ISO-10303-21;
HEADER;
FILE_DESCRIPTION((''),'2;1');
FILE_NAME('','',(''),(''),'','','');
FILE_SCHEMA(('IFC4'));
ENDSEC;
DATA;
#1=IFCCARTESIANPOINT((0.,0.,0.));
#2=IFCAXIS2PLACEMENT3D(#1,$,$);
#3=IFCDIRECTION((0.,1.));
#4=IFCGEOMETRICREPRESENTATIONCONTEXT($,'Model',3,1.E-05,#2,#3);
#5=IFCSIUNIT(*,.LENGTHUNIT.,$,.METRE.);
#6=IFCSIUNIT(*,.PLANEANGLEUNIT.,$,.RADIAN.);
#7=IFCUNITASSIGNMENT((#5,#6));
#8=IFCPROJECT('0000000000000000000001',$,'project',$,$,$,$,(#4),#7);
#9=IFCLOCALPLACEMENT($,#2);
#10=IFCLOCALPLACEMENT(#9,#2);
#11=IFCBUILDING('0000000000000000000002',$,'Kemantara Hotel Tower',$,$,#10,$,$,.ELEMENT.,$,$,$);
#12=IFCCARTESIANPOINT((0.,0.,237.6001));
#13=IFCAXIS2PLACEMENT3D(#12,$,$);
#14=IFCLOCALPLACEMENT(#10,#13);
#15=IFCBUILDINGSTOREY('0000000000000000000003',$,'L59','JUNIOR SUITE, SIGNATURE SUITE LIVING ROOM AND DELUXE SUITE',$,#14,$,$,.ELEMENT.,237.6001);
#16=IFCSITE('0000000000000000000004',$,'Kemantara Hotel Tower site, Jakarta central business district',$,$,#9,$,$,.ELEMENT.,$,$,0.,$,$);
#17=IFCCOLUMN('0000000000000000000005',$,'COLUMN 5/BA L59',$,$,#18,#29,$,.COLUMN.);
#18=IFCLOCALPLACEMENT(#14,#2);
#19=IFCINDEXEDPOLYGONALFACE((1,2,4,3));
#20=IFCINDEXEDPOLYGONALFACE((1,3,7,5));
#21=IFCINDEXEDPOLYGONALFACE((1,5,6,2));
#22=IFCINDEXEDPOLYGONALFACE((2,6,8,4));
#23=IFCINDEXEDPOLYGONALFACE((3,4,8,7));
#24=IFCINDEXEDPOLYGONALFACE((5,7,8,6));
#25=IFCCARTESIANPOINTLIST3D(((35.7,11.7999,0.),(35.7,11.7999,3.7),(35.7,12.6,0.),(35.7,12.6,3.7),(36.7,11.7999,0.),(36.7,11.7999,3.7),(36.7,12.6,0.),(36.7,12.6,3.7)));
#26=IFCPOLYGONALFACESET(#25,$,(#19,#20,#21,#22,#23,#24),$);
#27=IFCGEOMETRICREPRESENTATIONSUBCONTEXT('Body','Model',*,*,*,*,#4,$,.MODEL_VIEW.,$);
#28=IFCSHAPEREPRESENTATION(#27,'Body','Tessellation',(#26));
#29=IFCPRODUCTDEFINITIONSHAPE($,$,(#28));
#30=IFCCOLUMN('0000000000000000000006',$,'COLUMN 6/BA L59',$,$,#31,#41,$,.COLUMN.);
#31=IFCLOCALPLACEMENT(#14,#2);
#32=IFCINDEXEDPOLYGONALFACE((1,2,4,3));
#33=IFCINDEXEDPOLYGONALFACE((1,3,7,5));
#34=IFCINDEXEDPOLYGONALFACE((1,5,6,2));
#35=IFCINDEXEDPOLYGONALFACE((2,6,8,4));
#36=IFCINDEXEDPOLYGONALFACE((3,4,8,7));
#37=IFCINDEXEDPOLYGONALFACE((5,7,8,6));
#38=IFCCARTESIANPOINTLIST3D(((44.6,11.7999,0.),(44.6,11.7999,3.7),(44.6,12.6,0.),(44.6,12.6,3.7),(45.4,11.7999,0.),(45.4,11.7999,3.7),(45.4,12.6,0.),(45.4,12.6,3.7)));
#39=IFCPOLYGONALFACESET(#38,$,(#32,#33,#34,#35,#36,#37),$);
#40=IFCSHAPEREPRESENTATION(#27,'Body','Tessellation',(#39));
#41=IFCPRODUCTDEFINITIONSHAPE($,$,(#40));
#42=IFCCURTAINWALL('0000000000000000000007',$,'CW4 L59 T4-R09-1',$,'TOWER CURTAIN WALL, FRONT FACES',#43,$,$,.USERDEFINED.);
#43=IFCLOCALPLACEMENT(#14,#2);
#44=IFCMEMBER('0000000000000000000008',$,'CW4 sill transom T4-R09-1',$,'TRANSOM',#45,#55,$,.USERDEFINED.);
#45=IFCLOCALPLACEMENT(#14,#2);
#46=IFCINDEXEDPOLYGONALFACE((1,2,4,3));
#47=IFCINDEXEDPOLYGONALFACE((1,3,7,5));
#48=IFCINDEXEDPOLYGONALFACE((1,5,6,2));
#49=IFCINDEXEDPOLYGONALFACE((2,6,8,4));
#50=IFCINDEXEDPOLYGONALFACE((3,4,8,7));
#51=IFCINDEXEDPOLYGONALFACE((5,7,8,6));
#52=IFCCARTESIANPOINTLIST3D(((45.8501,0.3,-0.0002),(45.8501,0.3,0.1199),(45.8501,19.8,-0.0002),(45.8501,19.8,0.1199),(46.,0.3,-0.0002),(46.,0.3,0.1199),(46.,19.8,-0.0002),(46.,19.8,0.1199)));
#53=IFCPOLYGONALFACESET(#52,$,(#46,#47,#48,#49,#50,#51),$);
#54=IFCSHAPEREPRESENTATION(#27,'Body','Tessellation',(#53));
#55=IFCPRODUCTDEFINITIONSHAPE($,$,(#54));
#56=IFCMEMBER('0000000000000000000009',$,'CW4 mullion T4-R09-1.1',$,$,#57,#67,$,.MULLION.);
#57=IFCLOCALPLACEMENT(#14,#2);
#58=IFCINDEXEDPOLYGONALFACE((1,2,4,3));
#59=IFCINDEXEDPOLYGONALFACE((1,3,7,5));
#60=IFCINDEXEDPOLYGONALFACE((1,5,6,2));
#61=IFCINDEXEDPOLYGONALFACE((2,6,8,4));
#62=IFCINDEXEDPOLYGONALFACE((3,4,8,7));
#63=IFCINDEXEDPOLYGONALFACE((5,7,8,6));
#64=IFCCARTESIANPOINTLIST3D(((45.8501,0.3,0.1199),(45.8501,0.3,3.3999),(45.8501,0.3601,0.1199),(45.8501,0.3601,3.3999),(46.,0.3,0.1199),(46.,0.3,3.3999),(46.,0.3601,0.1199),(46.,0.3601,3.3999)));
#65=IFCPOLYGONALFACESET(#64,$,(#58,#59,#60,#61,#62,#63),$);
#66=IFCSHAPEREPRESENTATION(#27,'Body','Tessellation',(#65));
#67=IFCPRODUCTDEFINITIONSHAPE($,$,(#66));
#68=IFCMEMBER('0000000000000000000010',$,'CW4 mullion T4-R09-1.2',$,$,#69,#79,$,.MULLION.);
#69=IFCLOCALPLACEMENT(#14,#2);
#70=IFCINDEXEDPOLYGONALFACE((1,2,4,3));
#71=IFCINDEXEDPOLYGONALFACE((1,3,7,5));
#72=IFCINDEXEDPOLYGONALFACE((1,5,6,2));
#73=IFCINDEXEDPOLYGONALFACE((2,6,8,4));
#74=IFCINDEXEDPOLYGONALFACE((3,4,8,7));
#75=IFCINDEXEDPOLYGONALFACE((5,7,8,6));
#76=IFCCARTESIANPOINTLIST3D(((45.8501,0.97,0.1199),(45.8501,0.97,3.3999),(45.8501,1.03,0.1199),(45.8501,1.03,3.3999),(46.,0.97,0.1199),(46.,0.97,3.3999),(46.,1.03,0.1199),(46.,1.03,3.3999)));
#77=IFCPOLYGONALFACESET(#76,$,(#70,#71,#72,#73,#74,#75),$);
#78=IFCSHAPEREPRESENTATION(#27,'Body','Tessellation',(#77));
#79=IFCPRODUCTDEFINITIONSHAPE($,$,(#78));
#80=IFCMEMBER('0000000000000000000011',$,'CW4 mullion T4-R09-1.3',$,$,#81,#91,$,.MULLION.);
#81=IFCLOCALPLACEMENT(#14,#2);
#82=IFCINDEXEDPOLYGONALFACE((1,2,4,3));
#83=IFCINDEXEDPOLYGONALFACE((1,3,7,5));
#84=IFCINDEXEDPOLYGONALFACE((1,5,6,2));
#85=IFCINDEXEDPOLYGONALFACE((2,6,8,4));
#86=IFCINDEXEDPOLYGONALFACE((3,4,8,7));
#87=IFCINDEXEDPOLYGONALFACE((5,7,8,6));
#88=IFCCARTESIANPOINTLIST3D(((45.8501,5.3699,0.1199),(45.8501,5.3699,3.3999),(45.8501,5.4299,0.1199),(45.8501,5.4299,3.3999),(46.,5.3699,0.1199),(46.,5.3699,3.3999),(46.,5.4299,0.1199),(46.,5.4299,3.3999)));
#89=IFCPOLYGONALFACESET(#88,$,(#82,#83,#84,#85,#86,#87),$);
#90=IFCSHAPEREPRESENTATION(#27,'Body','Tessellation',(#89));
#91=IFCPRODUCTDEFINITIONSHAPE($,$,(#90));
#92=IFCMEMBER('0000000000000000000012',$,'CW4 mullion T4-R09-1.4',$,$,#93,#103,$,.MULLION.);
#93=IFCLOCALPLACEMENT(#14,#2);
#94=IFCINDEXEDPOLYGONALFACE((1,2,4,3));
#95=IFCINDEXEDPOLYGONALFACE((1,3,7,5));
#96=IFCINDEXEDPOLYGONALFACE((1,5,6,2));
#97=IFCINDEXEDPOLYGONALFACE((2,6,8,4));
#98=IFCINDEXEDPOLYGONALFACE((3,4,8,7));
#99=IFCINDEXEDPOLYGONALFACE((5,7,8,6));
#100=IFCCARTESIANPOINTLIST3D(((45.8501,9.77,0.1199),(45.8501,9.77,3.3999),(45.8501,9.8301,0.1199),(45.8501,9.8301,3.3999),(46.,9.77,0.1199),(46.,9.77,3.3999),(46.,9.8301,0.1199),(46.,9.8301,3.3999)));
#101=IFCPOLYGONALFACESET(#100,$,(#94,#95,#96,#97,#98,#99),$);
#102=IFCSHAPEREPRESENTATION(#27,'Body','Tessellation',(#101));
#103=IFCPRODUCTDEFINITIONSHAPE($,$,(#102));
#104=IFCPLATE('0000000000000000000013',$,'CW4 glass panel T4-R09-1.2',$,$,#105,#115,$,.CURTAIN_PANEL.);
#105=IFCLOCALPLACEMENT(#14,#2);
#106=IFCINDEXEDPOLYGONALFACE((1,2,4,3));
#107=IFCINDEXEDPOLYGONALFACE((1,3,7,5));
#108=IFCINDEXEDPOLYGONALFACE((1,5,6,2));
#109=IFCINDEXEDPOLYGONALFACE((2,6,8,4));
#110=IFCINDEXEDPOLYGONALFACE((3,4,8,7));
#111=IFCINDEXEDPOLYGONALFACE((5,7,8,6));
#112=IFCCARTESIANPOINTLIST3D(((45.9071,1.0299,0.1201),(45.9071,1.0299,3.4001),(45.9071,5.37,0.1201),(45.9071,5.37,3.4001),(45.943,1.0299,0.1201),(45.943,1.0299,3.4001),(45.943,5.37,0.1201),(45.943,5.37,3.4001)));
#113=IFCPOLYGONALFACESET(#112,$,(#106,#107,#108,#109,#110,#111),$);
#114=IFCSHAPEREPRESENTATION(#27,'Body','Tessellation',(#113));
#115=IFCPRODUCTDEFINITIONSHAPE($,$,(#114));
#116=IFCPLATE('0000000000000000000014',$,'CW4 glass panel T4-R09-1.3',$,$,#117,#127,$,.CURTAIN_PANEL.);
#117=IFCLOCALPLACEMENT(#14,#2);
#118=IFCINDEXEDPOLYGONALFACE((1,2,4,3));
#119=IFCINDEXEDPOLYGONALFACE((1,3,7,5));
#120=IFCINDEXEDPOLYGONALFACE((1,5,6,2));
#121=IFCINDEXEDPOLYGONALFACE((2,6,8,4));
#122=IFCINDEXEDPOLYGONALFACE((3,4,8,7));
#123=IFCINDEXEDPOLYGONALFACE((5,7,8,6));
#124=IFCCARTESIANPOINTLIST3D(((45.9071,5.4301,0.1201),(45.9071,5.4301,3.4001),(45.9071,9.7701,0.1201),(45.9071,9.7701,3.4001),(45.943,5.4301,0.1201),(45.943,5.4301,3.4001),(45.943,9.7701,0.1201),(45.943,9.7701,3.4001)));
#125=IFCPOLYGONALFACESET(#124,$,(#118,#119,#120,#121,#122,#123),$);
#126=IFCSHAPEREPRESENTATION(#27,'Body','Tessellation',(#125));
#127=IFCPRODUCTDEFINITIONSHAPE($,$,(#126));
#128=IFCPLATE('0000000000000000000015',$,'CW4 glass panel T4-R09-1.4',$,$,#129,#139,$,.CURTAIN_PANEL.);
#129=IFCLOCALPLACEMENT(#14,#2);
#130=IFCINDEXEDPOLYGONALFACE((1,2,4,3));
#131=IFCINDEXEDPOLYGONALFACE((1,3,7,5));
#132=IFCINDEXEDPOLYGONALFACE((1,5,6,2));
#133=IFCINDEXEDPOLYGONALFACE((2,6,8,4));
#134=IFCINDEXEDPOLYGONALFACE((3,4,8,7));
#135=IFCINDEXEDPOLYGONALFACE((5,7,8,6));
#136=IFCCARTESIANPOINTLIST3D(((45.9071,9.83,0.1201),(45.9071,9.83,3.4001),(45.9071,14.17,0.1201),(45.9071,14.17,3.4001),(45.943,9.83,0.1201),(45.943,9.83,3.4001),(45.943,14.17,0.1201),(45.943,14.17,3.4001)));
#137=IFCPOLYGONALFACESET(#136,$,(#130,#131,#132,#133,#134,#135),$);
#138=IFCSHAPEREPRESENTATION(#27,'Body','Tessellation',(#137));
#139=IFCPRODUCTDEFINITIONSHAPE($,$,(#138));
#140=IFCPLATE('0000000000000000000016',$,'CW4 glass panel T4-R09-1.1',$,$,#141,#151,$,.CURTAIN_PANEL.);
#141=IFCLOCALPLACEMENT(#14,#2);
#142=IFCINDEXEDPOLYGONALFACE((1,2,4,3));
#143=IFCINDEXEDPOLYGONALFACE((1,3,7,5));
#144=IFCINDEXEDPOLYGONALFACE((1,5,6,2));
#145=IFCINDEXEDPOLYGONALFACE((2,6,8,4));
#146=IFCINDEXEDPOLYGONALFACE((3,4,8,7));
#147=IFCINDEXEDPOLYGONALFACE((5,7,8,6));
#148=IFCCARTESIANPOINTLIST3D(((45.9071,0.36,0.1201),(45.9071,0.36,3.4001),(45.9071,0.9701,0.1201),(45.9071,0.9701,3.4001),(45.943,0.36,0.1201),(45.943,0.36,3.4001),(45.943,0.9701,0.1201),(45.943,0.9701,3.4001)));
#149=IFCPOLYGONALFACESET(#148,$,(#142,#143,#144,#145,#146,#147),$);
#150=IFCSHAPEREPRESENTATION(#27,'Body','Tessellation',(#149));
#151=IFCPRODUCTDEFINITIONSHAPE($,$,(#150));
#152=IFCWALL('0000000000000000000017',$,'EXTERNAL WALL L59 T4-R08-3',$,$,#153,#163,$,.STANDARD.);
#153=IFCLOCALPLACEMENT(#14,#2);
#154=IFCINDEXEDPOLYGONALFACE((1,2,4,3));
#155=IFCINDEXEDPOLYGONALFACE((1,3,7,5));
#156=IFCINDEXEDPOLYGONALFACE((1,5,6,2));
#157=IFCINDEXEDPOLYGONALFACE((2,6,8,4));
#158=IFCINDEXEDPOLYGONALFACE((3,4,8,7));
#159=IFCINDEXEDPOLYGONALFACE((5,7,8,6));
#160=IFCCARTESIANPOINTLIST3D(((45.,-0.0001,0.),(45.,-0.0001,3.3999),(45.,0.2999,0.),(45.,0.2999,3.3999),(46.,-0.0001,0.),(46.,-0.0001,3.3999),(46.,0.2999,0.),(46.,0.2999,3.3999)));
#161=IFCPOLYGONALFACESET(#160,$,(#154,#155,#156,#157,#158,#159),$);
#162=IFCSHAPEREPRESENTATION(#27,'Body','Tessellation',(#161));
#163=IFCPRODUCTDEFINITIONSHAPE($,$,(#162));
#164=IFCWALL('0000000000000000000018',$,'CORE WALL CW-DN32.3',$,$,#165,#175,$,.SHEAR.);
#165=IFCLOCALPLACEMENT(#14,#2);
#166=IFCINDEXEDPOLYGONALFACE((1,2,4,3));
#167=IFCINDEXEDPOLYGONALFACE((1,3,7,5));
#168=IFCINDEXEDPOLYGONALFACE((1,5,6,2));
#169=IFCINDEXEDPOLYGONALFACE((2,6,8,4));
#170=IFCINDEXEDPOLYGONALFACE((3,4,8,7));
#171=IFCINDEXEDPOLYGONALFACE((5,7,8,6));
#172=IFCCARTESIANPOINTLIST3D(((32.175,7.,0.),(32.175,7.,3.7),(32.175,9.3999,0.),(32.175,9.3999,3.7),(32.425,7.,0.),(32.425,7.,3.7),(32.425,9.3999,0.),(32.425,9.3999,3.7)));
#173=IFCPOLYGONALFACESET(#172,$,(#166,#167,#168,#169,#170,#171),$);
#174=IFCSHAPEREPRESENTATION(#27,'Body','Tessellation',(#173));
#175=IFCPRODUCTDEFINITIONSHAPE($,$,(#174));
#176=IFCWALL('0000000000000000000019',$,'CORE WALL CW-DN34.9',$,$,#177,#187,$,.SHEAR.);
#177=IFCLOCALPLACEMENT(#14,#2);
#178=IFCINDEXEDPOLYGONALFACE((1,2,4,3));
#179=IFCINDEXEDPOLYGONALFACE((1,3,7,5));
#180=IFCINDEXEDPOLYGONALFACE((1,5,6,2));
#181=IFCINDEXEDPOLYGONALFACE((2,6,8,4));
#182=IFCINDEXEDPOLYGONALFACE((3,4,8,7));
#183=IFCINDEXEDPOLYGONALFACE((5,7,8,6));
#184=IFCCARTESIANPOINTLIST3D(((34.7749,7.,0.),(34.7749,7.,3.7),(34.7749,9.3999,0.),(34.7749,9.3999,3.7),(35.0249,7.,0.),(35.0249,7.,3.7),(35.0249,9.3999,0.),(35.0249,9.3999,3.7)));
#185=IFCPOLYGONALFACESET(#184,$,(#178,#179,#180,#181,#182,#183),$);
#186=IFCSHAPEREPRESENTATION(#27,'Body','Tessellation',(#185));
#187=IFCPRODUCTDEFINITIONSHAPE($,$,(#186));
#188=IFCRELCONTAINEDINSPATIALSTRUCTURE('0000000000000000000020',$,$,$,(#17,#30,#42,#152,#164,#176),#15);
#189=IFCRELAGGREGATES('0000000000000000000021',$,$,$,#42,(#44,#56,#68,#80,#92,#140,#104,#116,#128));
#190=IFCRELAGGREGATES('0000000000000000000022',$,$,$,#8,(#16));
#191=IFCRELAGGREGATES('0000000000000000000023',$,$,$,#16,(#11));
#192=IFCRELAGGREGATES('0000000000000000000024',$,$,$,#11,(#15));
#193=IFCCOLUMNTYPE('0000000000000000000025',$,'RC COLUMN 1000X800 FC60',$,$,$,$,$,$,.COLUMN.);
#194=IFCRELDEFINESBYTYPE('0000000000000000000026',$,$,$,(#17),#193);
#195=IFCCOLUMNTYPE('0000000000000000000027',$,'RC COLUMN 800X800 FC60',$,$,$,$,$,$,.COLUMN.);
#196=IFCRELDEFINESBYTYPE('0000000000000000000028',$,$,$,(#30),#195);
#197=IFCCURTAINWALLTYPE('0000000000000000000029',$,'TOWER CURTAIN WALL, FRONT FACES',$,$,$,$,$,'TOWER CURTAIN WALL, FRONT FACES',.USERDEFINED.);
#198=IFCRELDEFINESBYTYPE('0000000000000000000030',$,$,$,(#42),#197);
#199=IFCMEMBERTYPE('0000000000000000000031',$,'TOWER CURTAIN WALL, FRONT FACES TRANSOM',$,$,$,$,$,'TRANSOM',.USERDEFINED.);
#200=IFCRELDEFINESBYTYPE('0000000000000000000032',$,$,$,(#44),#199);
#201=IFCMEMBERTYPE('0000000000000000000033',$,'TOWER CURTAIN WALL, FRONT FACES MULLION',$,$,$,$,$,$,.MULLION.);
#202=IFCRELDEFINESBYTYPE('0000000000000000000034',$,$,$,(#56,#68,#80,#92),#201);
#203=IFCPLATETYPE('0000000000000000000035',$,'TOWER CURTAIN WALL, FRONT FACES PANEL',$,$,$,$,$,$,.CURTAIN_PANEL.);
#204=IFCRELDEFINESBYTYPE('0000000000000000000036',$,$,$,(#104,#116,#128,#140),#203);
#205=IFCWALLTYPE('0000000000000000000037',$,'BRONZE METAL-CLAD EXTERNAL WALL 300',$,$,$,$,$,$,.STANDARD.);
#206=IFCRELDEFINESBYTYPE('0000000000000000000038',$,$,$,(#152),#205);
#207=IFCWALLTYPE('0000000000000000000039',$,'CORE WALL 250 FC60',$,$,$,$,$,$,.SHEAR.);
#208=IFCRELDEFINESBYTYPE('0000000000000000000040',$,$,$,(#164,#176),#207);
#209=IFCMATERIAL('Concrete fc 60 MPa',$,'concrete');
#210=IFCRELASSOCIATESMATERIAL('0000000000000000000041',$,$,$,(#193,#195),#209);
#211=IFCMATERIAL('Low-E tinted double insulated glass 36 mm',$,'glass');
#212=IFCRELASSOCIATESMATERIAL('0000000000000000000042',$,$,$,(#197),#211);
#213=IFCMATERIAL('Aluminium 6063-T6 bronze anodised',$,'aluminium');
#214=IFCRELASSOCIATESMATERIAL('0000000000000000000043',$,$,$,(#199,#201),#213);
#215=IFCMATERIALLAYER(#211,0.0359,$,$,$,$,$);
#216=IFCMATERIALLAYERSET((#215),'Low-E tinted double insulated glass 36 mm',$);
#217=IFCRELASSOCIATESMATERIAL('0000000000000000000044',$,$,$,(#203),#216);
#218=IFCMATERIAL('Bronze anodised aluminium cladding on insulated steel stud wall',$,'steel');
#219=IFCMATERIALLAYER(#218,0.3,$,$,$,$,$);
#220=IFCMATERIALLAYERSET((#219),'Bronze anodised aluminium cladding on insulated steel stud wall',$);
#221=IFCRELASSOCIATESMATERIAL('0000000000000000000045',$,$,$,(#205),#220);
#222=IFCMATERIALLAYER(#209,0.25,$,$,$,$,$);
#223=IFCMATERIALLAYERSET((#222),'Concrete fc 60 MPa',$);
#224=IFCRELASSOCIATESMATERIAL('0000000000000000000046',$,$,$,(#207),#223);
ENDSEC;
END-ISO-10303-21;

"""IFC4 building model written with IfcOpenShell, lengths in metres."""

from ifc_helpers import new_model, si_unit, direction, frame, frame_2d, origin, origin_2d, place, context, subcontext, project, spatial, rectangle, extrude, source, transform, mapped, material, layer, layer_set, material_profile, profile_set, type_object, element, aggregate, save


model = new_model("IFC4")

# Units and contexts
model_context = context("Model", 3, precision=1e-05, world=origin(), true_north=direction((0.0, 1.0)))
body_context = subcontext(model_context, "Body", "Model", "MODEL_VIEW")
ifc_project = project(units=[si_unit("LENGTHUNIT", "METRE"), si_unit("PLANEANGLEUNIT", "RADIAN")], contexts=[model_context])

# Site, building, storey
site_placement = place(None, origin())
site = spatial("IfcSite", under=ifc_project, at=site_placement, Name="Kemantara Hotel Tower site, Jakarta central business district", CompositionType="ELEMENT", RefElevation=0.0)
building_placement = place(site_placement, origin())
building = spatial("IfcBuilding", under=site, at=building_placement, Name="Kemantara Hotel Tower", CompositionType="ELEMENT")
storey_placement = place(building_placement, frame((0.0, 0.0, 237.6001)))
storey = spatial("IfcBuildingStorey", under=building, at=storey_placement, Name="L59", Description="JUNIOR SUITE, SIGNATURE SUITE LIVING ROOM AND DELUXE SUITE", CompositionType="ELEMENT", Elevation=237.6001)

# Columns
ifc_material_1 = material(Name="Concrete fc 60 MPa", Category="concrete")
ifc_material_profile_1 = material_profile(ifc_material_1, rectangle(XDim=1.0, YDim=0.8, at=origin_2d()), Name="RC 1000X800")
ifc_profile_set_1 = profile_set([ifc_material_profile_1], Name="Concrete fc 60 MPa")
column_type_1 = type_object("IfcColumnType", Name="RC COLUMN 1000X800 FC60", PredefinedType="COLUMN", material=ifc_profile_set_1)
column_1_placement = place(storey_placement, frame((36.2, 12.2, 0.0), z_axis=(0.0, 0.0, 1.0), x_axis=(1.0, 0.0, 0.0)))
element("IfcColumn", 1, at=column_1_placement, inside=storey, type_object=column_type_1, Name="COLUMN 5/BA L59", PredefinedType="COLUMN", context=body_context, shape_type="SweptSolid", body=[
    extrude(rectangle(XDim=1.0, YDim=0.8, at=origin_2d()), origin(), (0.0, 0.0, 1.0), 3.7),
])
ifc_material_profile_2 = material_profile(ifc_material_1, rectangle(XDim=0.8, YDim=0.8, at=origin_2d()), Name="RC 800X800")
ifc_profile_set_2 = profile_set([ifc_material_profile_2], Name="Concrete fc 60 MPa")
column_type_2 = type_object("IfcColumnType", Name="RC COLUMN 800X800 FC60", PredefinedType="COLUMN", material=ifc_profile_set_2)
column_2_placement = place(storey_placement, frame((45.0, 12.2, 0.0), z_axis=(0.0, 0.0, 1.0), x_axis=(1.0, 0.0, 0.0)))
element("IfcColumn", 2, at=column_2_placement, inside=storey, type_object=column_type_2, Name="COLUMN 6/BA L59", PredefinedType="COLUMN", context=body_context, shape_type="SweptSolid", body=[
    extrude(rectangle(XDim=0.8, YDim=0.8, at=origin_2d()), origin(), (0.0, 0.0, 1.0), 3.7),
])

# Curtain wall, members, plates
ifc_material_2 = material(Name="Low-E tinted double insulated glass 36 mm", Category="glass")
curtain_wall_type = type_object("IfcCurtainWallType", Name="TOWER CURTAIN WALL, FRONT FACES", ElementType="TOWER CURTAIN WALL, FRONT FACES", PredefinedType="USERDEFINED", material=ifc_material_2)
curtain_wall_placement = place(storey_placement, origin())
curtain_wall = element("IfcCurtainWall", 3, at=curtain_wall_placement, inside=storey, type_object=curtain_wall_type, Name="CW4 L59 T4-R09-1", ObjectType="TOWER CURTAIN WALL, FRONT FACES", PredefinedType="USERDEFINED")
ifc_material_3 = material(Name="Aluminium 6063-T6 bronze anodised", Category="aluminium")
ifc_material_profile_3 = material_profile(ifc_material_3, rectangle(XDim=0.1499, YDim=0.1201, at=origin_2d()), Name="TOWER CURTAIN WALL, FRONT FACES TRANSOM")
ifc_profile_set_3 = profile_set([ifc_material_profile_3], Name="Aluminium 6063-T6 bronze anodised")
member_type_1 = type_object("IfcMemberType", Name="TOWER CURTAIN WALL, FRONT FACES TRANSOM", ElementType="TRANSOM", PredefinedType="USERDEFINED", material=ifc_profile_set_3)
member_1_placement = place(storey_placement, frame((45.925, 0.3, 0.0598), z_axis=(0.0, 1.0, 0.0), x_axis=(-1.0, 0.0, 0.0)))
member_1 = element("IfcMember", 4, at=member_1_placement, type_object=member_type_1, Name="CW4 sill transom T4-R09-1", ObjectType="TRANSOM", PredefinedType="USERDEFINED", context=body_context, shape_type="SweptSolid", body=[
    extrude(rectangle(XDim=0.1499, YDim=0.1201, at=origin_2d()), origin(), (0.0, 0.0, 1.0), 19.5),
])
ifc_material_profile_4 = material_profile(ifc_material_3, rectangle(XDim=0.1499, YDim=0.0601, at=origin_2d()), Name="TOWER CURTAIN WALL, FRONT FACES MULLION")
ifc_profile_set_4 = profile_set([ifc_material_profile_4], Name="Aluminium 6063-T6 bronze anodised")
member_type_2 = type_object("IfcMemberType", Name="TOWER CURTAIN WALL, FRONT FACES MULLION", PredefinedType="MULLION", material=ifc_profile_set_4)
shared_shape_1 = source(origin(), body_context, "Body", "SweptSolid", [
    extrude(rectangle(XDim=0.1499, YDim=0.0601, at=origin_2d()), origin(), (0.0, 0.0, 1.0), 3.28),
])
member_2_placement = place(storey_placement, frame((45.925, 0.3301, 0.1199), z_axis=(0.0, 0.0, 1.0), x_axis=(-1.0, 0.0, 0.0)))
member_2 = element("IfcMember", 5, at=member_2_placement, type_object=member_type_2, Name="CW4 mullion T4-R09-1.1", PredefinedType="MULLION", context=body_context, shape_type="MappedRepresentation", body=[
    mapped(shared_shape_1, transform((0.0, 0.0, 0.0))),
])
member_3_placement = place(storey_placement, frame((45.925, 1.0, 0.1199), z_axis=(0.0, 0.0, 1.0), x_axis=(-1.0, 0.0, 0.0)))
member_3 = element("IfcMember", 6, at=member_3_placement, type_object=member_type_2, Name="CW4 mullion T4-R09-1.2", PredefinedType="MULLION", context=body_context, shape_type="MappedRepresentation", body=[
    mapped(shared_shape_1, transform((0.0, 0.0, 0.0))),
])
member_4_placement = place(storey_placement, frame((45.925, 5.3999, 0.1199), z_axis=(0.0, 0.0, 1.0), x_axis=(-1.0, 0.0, 0.0)))
member_4 = element("IfcMember", 7, at=member_4_placement, type_object=member_type_2, Name="CW4 mullion T4-R09-1.3", PredefinedType="MULLION", context=body_context, shape_type="MappedRepresentation", body=[
    mapped(shared_shape_1, transform((0.0, 0.0, 0.0))),
])
member_5_placement = place(storey_placement, frame((45.925, 9.8, 0.1199), z_axis=(0.0, 0.0, 1.0), x_axis=(-1.0, 0.0, 0.0)))
member_5 = element("IfcMember", 8, at=member_5_placement, type_object=member_type_2, Name="CW4 mullion T4-R09-1.4", PredefinedType="MULLION", context=body_context, shape_type="MappedRepresentation", body=[
    mapped(shared_shape_1, transform((0.0, 0.0, 0.0))),
])
ifc_layer_1 = layer(ifc_material_2, 0.0359)
ifc_layer_set_1 = layer_set([ifc_layer_1], Name="Low-E tinted double insulated glass 36 mm")
plate_type = type_object("IfcPlateType", Name="TOWER CURTAIN WALL, FRONT FACES PANEL", PredefinedType="CURTAIN_PANEL", material=ifc_layer_set_1)
shared_shape_2 = source(origin(), body_context, "Body", "SweptSolid", [
    extrude(rectangle(XDim=4.3401, YDim=0.0359, at=origin_2d()), origin(), (0.0, 0.0, 1.0), 3.28),
])
plate_1_placement = place(storey_placement, frame((45.925, 3.2, 0.1201), z_axis=(0.0, 0.0, 1.0), x_axis=(0.0, 1.0, 0.0)))
plate_1 = element("IfcPlate", 9, at=plate_1_placement, type_object=plate_type, Name="CW4 glass panel T4-R09-1.2", PredefinedType="CURTAIN_PANEL", context=body_context, shape_type="MappedRepresentation", body=[
    mapped(shared_shape_2, transform((0.0, 0.0, 0.0))),
])
plate_2_placement = place(storey_placement, frame((45.925, 7.6001, 0.1201), z_axis=(0.0, 0.0, 1.0), x_axis=(0.0, 1.0, 0.0)))
plate_2 = element("IfcPlate", 10, at=plate_2_placement, type_object=plate_type, Name="CW4 glass panel T4-R09-1.3", PredefinedType="CURTAIN_PANEL", context=body_context, shape_type="MappedRepresentation", body=[
    mapped(shared_shape_2, transform((0.0, 0.0, 0.0))),
])
plate_3_placement = place(storey_placement, frame((45.925, 12.0, 0.1201), z_axis=(0.0, 0.0, 1.0), x_axis=(0.0, 1.0, 0.0)))
plate_3 = element("IfcPlate", 11, at=plate_3_placement, type_object=plate_type, Name="CW4 glass panel T4-R09-1.4", PredefinedType="CURTAIN_PANEL", context=body_context, shape_type="MappedRepresentation", body=[
    mapped(shared_shape_2, transform((0.0, 0.0, 0.0))),
])
shared_shape_3 = source(origin(), body_context, "Body", "SweptSolid", [
    extrude(rectangle(XDim=0.6101, YDim=0.0359, at=origin_2d()), origin(), (0.0, 0.0, 1.0), 3.28),
])
plate_4_placement = place(storey_placement, frame((45.925, 0.665, 0.1201), z_axis=(0.0, 0.0, 1.0), x_axis=(0.0, 1.0, 0.0)))
plate_4 = element("IfcPlate", 12, at=plate_4_placement, type_object=plate_type, Name="CW4 glass panel T4-R09-1.1", PredefinedType="CURTAIN_PANEL", context=body_context, shape_type="MappedRepresentation", body=[
    mapped(shared_shape_3, transform((0.0, 0.0, 0.0))),
])
aggregate(curtain_wall, [member_1, member_2, member_3, member_4, member_5, plate_4, plate_1, plate_2, plate_3])

# Walls
ifc_material_4 = material(Name="Bronze anodised aluminium cladding on insulated steel stud wall", Category="steel")
ifc_layer_2 = layer(ifc_material_4, 0.3)
ifc_layer_set_2 = layer_set([ifc_layer_2], Name="Bronze anodised aluminium cladding on insulated steel stud wall")
wall_type_1 = type_object("IfcWallType", Name="BRONZE METAL-CLAD EXTERNAL WALL 300", PredefinedType="STANDARD", material=ifc_layer_set_2)
wall_1_placement = place(storey_placement, frame((45.0, 0.1499, 0.0), z_axis=(0.0, 0.0, 1.0), x_axis=(1.0, 0.0, 0.0)))
element("IfcWall", 13, at=wall_1_placement, inside=storey, type_object=wall_type_1, Name="EXTERNAL WALL L59 T4-R08-3", PredefinedType="STANDARD", context=body_context, shape_type="SweptSolid", body=[
    extrude(rectangle(XDim=1.0, YDim=0.3, at=frame_2d((0.5, 0.0))), origin(), (0.0, 0.0, 1.0), 3.3999),
])
ifc_layer_3 = layer(ifc_material_1, 0.25)
ifc_layer_set_3 = layer_set([ifc_layer_3], Name="Concrete fc 60 MPa")
wall_type_2 = type_object("IfcWallType", Name="CORE WALL 250 FC60", PredefinedType="SHEAR", material=ifc_layer_set_3)
for number, where, z_axis, x_axis, name in (
    (14, (32.3, 7.0, 0.0), (0.0, 0.0, 1.0), (0.0, 1.0, 0.0), "CORE WALL CW-DN32.3"),
    (15, (34.8999, 7.0, 0.0), (0.0, 0.0, 1.0), (0.0, 1.0, 0.0), "CORE WALL CW-DN34.9"),
):
    element("IfcWall", number, at=place(storey_placement, frame(where, z_axis=z_axis, x_axis=x_axis)), inside=storey, type_object=wall_type_2, Name=name, PredefinedType="SHEAR", context=body_context, shape_type="SweptSolid", body=[
        extrude(rectangle(XDim=2.3999, YDim=0.25, at=frame_2d((1.2, 0.0))), origin(), (0.0, 0.0, 1.0), 3.7),
    ])

save(model, "model.ifc")
